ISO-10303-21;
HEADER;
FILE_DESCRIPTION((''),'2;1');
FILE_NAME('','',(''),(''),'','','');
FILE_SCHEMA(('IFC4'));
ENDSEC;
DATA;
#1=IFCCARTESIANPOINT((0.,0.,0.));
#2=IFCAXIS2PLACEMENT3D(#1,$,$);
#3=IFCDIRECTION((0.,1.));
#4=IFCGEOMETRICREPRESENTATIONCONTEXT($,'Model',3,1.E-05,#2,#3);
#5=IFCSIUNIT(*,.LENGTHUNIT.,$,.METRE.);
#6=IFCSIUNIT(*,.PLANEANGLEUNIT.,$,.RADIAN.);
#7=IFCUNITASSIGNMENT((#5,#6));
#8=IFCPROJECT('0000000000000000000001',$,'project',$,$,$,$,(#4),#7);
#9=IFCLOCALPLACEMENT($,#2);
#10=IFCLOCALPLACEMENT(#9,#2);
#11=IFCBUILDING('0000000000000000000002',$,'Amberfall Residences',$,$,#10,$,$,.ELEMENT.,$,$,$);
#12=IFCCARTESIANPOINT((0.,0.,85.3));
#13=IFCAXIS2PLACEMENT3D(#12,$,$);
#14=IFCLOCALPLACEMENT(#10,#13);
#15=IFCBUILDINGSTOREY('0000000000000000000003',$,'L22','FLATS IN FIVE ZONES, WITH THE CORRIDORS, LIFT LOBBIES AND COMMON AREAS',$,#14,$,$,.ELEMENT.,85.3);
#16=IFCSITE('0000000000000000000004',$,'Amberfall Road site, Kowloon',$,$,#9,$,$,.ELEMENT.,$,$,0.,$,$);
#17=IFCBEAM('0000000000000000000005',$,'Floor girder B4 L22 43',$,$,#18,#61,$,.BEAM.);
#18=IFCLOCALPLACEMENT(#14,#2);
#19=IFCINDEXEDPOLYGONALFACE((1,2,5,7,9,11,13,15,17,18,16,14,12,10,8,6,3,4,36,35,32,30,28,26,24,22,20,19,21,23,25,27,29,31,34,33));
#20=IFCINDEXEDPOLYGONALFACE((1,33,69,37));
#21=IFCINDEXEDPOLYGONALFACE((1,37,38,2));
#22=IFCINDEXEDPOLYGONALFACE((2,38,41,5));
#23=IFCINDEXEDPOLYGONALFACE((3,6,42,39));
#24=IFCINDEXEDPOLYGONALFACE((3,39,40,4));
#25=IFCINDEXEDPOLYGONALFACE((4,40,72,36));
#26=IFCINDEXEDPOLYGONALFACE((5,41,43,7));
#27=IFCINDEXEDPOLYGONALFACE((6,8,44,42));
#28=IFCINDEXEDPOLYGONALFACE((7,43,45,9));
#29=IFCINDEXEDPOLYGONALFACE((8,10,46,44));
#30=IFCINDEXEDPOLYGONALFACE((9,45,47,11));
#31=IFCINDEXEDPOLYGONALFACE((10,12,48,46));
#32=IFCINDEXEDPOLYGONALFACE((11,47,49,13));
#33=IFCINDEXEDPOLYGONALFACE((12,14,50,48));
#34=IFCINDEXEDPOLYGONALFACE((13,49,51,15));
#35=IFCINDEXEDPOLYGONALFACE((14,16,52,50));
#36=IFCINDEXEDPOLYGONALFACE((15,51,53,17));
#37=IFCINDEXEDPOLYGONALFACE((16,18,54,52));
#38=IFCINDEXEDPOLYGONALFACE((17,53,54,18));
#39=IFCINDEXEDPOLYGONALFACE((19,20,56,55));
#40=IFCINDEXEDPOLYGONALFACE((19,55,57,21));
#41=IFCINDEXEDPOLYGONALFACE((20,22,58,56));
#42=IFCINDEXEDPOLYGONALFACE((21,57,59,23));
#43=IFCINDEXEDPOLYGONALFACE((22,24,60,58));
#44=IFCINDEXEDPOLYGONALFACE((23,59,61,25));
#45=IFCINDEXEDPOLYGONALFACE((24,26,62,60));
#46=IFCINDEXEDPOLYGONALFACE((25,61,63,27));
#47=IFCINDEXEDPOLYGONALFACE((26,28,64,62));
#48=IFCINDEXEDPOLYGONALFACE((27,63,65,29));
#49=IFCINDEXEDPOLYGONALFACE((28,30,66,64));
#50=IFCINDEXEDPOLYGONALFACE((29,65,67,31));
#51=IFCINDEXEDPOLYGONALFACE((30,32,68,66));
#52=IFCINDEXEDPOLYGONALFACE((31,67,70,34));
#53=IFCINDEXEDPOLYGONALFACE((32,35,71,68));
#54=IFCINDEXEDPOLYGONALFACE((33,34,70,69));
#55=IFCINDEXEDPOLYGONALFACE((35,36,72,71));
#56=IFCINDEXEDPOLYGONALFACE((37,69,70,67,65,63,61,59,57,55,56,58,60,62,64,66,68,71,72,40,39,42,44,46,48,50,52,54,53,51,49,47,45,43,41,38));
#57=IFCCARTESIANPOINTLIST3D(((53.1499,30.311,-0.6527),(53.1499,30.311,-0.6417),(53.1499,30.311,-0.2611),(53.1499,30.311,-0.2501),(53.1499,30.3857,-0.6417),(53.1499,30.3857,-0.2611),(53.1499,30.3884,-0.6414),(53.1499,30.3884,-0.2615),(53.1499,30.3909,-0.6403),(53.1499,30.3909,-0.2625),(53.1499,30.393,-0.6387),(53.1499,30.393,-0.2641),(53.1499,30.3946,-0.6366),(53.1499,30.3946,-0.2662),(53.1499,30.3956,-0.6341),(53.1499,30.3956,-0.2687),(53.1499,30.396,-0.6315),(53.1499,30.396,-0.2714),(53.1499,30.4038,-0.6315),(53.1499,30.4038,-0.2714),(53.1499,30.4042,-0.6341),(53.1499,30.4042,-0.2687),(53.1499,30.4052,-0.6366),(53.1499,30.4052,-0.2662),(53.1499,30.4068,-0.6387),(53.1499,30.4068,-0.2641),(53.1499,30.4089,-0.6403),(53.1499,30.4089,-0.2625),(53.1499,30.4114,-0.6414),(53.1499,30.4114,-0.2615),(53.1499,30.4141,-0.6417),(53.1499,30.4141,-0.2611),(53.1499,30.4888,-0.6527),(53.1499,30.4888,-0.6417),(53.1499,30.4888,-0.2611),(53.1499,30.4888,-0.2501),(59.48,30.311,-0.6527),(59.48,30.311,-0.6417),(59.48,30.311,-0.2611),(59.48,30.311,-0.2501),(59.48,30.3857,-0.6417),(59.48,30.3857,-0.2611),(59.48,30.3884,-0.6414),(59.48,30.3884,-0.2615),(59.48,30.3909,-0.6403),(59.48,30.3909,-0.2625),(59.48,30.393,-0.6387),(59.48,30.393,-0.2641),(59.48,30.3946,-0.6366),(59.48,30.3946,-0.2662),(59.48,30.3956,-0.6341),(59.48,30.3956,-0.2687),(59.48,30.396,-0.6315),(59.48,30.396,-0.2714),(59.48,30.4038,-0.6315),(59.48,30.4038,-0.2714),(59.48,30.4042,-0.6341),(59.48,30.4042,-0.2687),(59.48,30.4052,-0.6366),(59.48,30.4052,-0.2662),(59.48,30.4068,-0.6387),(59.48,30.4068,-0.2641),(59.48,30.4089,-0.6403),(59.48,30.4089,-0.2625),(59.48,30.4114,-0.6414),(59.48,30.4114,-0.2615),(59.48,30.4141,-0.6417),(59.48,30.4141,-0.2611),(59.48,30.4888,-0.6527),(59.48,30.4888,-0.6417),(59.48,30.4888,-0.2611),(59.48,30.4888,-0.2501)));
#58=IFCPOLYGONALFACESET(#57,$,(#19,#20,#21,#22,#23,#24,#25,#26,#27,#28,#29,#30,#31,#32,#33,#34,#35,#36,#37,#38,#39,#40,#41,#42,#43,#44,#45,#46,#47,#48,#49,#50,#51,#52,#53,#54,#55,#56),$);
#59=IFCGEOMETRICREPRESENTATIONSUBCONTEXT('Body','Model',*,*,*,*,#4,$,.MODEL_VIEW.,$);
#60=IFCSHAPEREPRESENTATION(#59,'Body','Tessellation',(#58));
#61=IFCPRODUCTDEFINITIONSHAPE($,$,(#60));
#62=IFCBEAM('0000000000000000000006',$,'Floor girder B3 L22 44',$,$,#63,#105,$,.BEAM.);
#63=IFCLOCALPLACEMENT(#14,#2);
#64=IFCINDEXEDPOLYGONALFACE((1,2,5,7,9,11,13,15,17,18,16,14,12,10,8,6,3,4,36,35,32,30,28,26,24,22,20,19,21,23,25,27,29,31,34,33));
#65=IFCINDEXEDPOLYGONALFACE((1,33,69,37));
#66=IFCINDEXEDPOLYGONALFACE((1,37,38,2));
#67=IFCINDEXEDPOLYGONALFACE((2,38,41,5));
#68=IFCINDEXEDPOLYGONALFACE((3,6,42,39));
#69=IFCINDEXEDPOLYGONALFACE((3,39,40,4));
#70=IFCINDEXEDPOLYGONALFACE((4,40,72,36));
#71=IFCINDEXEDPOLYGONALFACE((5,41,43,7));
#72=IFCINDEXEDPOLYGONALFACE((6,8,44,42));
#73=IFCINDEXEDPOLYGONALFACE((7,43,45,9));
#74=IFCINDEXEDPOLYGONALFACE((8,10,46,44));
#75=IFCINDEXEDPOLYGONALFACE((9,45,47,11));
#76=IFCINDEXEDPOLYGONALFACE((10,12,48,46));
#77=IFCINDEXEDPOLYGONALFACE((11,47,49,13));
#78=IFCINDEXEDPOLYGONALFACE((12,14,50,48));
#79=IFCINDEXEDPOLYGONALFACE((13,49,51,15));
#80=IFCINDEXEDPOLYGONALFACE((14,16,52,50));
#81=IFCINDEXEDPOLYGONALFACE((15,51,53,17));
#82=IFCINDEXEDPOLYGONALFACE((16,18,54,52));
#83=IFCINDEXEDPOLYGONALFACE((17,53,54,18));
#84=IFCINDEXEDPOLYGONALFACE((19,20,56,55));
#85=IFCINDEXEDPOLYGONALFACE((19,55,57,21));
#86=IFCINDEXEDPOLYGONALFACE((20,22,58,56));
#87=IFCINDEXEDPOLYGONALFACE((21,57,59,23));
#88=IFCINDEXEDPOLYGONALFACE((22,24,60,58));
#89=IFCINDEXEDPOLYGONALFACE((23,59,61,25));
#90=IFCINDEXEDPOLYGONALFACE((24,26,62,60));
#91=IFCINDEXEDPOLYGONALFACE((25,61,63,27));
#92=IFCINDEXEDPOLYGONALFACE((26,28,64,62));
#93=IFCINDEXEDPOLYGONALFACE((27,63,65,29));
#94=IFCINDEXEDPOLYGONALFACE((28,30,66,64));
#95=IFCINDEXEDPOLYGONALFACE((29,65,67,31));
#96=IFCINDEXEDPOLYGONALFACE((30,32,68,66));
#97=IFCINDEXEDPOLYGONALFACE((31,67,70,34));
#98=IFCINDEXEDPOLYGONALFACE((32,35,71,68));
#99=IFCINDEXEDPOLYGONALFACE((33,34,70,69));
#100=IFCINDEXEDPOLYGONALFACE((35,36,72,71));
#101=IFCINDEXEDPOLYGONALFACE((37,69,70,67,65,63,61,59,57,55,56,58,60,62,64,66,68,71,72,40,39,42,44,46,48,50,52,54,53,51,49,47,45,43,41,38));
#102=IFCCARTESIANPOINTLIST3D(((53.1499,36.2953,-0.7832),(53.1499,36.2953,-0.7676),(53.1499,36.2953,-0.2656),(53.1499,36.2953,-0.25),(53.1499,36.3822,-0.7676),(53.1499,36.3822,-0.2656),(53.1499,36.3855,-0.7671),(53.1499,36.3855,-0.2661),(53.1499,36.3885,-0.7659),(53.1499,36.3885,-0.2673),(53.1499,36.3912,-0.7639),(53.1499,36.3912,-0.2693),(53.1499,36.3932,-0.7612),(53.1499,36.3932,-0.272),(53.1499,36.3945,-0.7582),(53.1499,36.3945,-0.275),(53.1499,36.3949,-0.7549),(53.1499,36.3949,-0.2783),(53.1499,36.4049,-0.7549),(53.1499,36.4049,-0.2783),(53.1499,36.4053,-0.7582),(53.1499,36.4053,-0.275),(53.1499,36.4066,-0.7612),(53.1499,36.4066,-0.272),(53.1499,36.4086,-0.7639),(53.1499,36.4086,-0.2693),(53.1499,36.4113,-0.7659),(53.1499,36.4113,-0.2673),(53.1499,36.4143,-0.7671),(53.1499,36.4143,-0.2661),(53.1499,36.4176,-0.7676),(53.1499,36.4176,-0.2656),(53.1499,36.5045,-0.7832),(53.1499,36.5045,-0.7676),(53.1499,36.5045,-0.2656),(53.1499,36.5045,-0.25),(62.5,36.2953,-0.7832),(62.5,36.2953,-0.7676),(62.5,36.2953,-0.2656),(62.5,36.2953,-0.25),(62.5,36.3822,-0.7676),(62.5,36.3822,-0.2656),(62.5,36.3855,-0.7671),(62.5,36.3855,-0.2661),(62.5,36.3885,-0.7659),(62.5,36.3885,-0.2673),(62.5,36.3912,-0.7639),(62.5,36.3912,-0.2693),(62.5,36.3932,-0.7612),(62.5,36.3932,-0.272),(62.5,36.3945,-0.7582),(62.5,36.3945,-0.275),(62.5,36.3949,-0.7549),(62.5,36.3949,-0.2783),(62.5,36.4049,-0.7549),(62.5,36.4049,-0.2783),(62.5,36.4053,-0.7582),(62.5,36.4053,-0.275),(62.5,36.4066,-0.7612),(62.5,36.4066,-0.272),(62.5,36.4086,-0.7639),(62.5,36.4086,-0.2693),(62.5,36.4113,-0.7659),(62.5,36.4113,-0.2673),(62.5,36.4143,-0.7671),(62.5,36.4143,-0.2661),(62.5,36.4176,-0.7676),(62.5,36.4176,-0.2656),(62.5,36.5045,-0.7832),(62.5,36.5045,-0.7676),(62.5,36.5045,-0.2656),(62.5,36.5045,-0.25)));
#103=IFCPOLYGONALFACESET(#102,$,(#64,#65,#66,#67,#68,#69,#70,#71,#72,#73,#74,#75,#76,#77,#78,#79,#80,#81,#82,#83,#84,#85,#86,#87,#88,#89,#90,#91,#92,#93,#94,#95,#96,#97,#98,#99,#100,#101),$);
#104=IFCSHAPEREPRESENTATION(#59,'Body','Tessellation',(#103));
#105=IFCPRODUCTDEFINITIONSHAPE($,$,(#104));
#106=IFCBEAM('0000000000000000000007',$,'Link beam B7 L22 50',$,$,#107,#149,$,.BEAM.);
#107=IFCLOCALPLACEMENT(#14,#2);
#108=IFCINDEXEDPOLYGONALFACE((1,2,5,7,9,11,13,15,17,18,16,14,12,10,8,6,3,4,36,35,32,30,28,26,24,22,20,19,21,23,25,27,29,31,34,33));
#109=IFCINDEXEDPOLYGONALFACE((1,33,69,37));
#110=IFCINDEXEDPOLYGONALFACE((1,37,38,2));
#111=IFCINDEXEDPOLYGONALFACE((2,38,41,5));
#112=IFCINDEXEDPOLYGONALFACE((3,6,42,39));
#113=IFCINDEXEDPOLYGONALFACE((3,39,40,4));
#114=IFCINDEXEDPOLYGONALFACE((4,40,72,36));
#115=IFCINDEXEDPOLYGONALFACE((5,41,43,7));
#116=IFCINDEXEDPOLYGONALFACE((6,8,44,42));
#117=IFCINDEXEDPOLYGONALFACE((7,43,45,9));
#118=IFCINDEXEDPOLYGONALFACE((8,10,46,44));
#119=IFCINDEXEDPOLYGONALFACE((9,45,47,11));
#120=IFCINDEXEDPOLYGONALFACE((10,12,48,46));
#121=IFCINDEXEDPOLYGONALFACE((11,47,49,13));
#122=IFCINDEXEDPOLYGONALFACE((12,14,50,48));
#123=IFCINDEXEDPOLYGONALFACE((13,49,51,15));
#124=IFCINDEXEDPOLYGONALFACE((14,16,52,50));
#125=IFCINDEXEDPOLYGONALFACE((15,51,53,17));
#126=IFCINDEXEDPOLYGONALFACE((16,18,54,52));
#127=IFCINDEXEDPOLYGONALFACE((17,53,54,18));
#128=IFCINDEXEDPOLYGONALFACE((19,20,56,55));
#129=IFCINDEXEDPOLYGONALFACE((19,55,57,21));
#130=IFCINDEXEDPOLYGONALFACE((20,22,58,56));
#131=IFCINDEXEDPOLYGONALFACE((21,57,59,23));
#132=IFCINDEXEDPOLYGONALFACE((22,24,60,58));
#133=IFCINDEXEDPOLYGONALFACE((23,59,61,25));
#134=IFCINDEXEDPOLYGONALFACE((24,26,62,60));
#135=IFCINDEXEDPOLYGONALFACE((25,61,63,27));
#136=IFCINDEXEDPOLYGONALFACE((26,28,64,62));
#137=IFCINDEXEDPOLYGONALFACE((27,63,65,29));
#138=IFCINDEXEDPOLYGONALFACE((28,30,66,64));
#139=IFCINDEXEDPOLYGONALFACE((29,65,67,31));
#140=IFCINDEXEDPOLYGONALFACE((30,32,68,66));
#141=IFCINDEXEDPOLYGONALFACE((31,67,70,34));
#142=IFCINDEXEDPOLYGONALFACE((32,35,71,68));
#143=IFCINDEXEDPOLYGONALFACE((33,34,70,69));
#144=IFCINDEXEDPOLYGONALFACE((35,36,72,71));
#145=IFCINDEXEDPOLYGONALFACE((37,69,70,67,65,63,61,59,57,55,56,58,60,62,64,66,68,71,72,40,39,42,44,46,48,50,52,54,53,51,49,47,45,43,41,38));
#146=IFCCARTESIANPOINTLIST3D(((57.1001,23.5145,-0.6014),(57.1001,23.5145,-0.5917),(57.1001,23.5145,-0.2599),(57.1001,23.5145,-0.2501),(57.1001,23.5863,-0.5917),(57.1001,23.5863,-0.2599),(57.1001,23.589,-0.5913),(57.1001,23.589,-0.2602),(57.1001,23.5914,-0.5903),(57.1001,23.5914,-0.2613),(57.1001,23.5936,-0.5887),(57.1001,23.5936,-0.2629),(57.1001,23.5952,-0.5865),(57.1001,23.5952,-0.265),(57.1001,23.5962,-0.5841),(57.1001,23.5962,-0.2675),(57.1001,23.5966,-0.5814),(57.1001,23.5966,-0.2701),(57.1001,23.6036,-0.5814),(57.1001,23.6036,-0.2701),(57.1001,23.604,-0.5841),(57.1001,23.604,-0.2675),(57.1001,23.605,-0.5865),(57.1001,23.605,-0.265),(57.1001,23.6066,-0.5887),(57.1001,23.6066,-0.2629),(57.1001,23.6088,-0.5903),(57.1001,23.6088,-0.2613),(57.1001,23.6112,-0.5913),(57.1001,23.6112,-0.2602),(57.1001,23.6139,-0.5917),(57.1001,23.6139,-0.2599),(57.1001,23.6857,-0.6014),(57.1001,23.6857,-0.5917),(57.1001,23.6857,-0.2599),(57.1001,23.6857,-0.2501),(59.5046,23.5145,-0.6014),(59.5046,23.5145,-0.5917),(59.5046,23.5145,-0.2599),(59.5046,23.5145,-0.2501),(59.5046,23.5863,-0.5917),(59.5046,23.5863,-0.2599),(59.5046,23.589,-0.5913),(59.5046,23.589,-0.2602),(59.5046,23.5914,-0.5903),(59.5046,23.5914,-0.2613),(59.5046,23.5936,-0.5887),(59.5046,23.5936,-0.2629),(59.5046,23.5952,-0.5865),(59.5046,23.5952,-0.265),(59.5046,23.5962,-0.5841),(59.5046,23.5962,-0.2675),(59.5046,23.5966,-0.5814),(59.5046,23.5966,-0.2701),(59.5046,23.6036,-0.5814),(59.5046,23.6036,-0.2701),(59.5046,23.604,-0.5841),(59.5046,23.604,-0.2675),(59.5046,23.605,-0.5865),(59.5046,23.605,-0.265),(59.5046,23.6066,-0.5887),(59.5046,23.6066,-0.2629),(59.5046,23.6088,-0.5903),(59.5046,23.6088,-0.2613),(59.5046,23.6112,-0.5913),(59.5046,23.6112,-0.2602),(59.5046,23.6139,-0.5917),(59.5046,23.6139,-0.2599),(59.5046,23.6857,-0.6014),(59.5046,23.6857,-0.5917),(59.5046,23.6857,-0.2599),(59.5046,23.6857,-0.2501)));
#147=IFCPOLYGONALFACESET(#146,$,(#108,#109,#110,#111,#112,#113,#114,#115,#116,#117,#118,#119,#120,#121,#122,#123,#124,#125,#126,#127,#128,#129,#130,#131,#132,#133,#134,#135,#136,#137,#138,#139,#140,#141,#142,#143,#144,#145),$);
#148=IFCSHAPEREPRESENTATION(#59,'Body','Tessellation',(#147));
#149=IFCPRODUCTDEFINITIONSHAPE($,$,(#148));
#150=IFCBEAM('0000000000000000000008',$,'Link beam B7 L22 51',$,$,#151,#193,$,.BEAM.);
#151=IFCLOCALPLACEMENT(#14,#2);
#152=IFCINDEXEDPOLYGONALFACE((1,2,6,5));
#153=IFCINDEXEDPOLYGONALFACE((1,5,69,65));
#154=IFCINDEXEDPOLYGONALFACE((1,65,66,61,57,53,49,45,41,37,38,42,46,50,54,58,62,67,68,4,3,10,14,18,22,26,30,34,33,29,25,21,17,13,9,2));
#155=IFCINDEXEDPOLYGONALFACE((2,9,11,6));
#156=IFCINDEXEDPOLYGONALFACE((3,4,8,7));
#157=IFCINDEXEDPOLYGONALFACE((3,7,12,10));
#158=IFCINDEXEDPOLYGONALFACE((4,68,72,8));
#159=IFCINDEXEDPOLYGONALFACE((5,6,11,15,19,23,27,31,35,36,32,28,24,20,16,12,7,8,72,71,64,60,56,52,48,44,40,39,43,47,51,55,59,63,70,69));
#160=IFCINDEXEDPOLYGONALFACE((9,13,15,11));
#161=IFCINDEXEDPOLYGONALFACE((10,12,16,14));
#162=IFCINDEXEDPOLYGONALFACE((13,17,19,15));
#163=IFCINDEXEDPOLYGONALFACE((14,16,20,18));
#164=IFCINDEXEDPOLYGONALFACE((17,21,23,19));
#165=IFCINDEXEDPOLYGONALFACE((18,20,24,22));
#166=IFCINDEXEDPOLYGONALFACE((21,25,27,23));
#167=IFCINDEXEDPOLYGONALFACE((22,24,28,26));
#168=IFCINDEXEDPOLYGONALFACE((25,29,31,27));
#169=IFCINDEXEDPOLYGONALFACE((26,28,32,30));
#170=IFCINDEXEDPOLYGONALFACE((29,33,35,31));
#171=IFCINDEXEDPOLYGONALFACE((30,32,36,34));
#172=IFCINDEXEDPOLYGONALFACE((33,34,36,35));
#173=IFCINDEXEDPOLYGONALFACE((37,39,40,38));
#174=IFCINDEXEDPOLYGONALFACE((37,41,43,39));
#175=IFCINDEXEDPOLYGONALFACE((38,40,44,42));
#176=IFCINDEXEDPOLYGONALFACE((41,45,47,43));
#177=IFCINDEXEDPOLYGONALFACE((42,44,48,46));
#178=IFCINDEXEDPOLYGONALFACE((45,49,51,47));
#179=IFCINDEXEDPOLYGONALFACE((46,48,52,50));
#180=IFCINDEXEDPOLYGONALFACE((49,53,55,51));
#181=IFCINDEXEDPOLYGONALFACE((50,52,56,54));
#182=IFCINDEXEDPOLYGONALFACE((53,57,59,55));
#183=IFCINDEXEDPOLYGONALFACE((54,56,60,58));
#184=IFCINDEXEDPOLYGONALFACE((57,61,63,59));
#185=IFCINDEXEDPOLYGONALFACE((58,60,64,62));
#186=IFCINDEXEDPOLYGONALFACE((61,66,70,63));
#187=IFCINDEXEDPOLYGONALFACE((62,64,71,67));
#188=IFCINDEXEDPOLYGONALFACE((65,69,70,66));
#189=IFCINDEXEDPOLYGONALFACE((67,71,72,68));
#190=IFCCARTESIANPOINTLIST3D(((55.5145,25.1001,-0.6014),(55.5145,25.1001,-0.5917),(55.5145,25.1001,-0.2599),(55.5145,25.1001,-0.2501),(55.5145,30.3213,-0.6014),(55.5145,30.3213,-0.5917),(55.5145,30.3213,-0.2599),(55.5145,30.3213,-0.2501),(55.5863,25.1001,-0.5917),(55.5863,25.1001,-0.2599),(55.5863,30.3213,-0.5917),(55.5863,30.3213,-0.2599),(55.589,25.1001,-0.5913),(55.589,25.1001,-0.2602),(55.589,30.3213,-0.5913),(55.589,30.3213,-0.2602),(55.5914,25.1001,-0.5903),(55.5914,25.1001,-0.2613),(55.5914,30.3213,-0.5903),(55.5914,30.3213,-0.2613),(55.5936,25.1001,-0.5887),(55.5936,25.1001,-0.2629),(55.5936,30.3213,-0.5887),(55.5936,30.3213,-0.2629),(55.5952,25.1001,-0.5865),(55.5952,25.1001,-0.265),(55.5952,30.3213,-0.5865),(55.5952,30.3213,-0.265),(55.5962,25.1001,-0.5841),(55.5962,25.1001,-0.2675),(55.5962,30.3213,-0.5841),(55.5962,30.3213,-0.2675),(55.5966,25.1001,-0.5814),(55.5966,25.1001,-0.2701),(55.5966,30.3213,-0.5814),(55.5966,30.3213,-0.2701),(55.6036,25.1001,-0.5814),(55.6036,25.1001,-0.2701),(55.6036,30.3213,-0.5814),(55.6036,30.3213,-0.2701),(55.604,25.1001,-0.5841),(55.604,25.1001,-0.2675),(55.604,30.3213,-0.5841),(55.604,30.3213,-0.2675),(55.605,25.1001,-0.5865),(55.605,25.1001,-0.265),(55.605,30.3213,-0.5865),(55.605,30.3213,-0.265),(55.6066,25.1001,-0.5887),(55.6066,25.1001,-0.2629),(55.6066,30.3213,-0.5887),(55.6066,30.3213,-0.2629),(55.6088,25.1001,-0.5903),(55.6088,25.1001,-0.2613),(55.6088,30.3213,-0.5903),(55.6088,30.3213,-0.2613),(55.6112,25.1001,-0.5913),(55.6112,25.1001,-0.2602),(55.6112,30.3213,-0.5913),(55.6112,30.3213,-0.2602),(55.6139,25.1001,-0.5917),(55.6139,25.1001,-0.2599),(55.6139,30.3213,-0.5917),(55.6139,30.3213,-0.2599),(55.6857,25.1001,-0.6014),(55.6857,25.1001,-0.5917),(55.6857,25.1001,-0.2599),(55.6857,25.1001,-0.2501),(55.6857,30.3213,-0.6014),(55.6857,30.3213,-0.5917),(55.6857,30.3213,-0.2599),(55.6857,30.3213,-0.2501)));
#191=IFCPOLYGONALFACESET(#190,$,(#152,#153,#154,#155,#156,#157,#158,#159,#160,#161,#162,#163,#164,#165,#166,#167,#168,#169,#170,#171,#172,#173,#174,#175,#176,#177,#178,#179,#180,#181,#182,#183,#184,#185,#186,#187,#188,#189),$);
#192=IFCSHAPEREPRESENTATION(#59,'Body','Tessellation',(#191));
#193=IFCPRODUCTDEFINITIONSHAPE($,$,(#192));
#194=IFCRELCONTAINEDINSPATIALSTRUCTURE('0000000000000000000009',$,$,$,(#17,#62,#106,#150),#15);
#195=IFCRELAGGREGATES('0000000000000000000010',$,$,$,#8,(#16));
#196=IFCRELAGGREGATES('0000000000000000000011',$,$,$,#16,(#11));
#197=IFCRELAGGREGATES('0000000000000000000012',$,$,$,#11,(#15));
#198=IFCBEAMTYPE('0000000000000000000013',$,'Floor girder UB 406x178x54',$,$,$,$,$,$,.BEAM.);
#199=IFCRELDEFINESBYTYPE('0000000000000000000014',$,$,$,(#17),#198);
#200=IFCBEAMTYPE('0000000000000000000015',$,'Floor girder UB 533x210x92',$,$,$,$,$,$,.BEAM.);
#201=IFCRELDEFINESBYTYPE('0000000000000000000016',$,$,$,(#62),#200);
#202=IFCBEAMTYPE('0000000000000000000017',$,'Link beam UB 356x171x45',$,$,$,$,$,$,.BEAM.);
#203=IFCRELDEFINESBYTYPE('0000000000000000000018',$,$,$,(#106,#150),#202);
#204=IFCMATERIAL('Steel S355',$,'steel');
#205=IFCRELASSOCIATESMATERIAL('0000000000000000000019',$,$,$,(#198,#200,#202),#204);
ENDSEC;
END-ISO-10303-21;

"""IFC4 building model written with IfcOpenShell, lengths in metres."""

from ifc_helpers import new_model, si_unit, direction, frame, origin, origin_2d, place, context, subcontext, project, spatial, i_section, extrude, material, material_profile, profile_set, type_object, element, save


model = new_model("IFC4")

# Units and contexts
model_context = context("Model", 3, precision=1e-05, world=origin(), true_north=direction((0.0, 1.0)))
body_context = subcontext(model_context, "Body", "Model", "MODEL_VIEW")
ifc_project = project(units=[si_unit("LENGTHUNIT", "METRE"), si_unit("PLANEANGLEUNIT", "RADIAN")], contexts=[model_context])

# Site, building, storey
site_placement = place(None, origin())
site = spatial("IfcSite", under=ifc_project, at=site_placement, Name="Amberfall Road site, Kowloon", CompositionType="ELEMENT", RefElevation=0.0)
building_placement = place(site_placement, origin())
building = spatial("IfcBuilding", under=site, at=building_placement, Name="Amberfall Residences", CompositionType="ELEMENT")
storey_placement = place(building_placement, frame((0.0, 0.0, 85.3)))
storey = spatial("IfcBuildingStorey", under=building, at=storey_placement, Name="L22", Description="FLATS IN FIVE ZONES, WITH THE CORRIDORS, LIFT LOBBIES AND COMMON AREAS", CompositionType="ELEMENT", Elevation=85.3)

# Beams
ifc_material_1 = material(Name="Steel S355", Category="steel")
ifc_material_profile_1 = material_profile(ifc_material_1, i_section(OverallWidth=0.1777, OverallDepth=0.4026, WebThickness=0.0078, FlangeThickness=0.011, FilletRadius=0.0103, at=origin_2d()), Name="UB 406x178x54")
ifc_profile_set_1 = profile_set([ifc_material_profile_1], Name="Steel S355")
beam_type_1 = type_object("IfcBeamType", Name="Floor girder UB 406x178x54", PredefinedType="BEAM", material=ifc_profile_set_1)
beam_1_placement = place(storey_placement, frame((53.1499, 30.3999, -0.4514), z_axis=(1.0, 0.0, 0.0), x_axis=(0.0, 1.0, 0.0)))
element("IfcBeam", 1, at=beam_1_placement, inside=storey, type_object=beam_type_1, Name="Floor girder B4 L22 43", PredefinedType="BEAM", context=body_context, shape_type="SweptSolid", body=[
    extrude(i_section(OverallWidth=0.1777, OverallDepth=0.4026, WebThickness=0.0078, FlangeThickness=0.011, FilletRadius=0.0103, at=origin_2d()), origin(), (0.0, 0.0, 1.0), 6.3301),
])
ifc_material_profile_2 = material_profile(ifc_material_1, i_section(OverallWidth=0.2092, OverallDepth=0.5332, WebThickness=0.01, FlangeThickness=0.0156, FilletRadius=0.0127, at=origin_2d()), Name="UB 533x210x92")
ifc_profile_set_2 = profile_set([ifc_material_profile_2], Name="Steel S355")
beam_type_2 = type_object("IfcBeamType", Name="Floor girder UB 533x210x92", PredefinedType="BEAM", material=ifc_profile_set_2)
beam_2_placement = place(storey_placement, frame((53.1499, 36.3999, -0.5166), z_axis=(1.0, 0.0, 0.0), x_axis=(0.0, 1.0, 0.0)))
element("IfcBeam", 2, at=beam_2_placement, inside=storey, type_object=beam_type_2, Name="Floor girder B3 L22 44", PredefinedType="BEAM", context=body_context, shape_type="SweptSolid", body=[
    extrude(i_section(OverallWidth=0.2092, OverallDepth=0.5332, WebThickness=0.01, FlangeThickness=0.0156, FilletRadius=0.0127, at=origin_2d()), origin(), (0.0, 0.0, 1.0), 9.3501),
])
ifc_material_profile_3 = material_profile(ifc_material_1, i_section(OverallWidth=0.1711, OverallDepth=0.3513, WebThickness=0.0071, FlangeThickness=0.0098, FilletRadius=0.0103, at=origin_2d()), Name="UB 356x171x45")
ifc_profile_set_3 = profile_set([ifc_material_profile_3], Name="Steel S355")
beam_type_3 = type_object("IfcBeamType", Name="Link beam UB 356x171x45", PredefinedType="BEAM", material=ifc_profile_set_3)
beam_3_placement = place(storey_placement, frame((57.1001, 23.6001, -0.4258), z_axis=(1.0, 0.0, 0.0), x_axis=(0.0, 1.0, 0.0)))
element("IfcBeam", 3, at=beam_3_placement, inside=storey, type_object=beam_type_3, Name="Link beam B7 L22 50", PredefinedType="BEAM", context=body_context, shape_type="SweptSolid", body=[
    extrude(i_section(OverallWidth=0.1711, OverallDepth=0.3513, WebThickness=0.0071, FlangeThickness=0.0098, FilletRadius=0.0103, at=origin_2d()), origin(), (0.0, 0.0, 1.0), 2.4045),
])
beam_4_placement = place(storey_placement, frame((55.6001, 25.1001, -0.4258), z_axis=(0.0, 1.0, 0.0), x_axis=(-1.0, 0.0, 0.0)))
element("IfcBeam", 4, at=beam_4_placement, inside=storey, type_object=beam_type_3, Name="Link beam B7 L22 51", PredefinedType="BEAM", context=body_context, shape_type="SweptSolid", body=[
    extrude(i_section(OverallWidth=0.1711, OverallDepth=0.3513, WebThickness=0.0071, FlangeThickness=0.0098, FilletRadius=0.0103, at=origin_2d()), origin(), (0.0, 0.0, 1.0), 5.2212),
])

save(model, "model.ifc")
